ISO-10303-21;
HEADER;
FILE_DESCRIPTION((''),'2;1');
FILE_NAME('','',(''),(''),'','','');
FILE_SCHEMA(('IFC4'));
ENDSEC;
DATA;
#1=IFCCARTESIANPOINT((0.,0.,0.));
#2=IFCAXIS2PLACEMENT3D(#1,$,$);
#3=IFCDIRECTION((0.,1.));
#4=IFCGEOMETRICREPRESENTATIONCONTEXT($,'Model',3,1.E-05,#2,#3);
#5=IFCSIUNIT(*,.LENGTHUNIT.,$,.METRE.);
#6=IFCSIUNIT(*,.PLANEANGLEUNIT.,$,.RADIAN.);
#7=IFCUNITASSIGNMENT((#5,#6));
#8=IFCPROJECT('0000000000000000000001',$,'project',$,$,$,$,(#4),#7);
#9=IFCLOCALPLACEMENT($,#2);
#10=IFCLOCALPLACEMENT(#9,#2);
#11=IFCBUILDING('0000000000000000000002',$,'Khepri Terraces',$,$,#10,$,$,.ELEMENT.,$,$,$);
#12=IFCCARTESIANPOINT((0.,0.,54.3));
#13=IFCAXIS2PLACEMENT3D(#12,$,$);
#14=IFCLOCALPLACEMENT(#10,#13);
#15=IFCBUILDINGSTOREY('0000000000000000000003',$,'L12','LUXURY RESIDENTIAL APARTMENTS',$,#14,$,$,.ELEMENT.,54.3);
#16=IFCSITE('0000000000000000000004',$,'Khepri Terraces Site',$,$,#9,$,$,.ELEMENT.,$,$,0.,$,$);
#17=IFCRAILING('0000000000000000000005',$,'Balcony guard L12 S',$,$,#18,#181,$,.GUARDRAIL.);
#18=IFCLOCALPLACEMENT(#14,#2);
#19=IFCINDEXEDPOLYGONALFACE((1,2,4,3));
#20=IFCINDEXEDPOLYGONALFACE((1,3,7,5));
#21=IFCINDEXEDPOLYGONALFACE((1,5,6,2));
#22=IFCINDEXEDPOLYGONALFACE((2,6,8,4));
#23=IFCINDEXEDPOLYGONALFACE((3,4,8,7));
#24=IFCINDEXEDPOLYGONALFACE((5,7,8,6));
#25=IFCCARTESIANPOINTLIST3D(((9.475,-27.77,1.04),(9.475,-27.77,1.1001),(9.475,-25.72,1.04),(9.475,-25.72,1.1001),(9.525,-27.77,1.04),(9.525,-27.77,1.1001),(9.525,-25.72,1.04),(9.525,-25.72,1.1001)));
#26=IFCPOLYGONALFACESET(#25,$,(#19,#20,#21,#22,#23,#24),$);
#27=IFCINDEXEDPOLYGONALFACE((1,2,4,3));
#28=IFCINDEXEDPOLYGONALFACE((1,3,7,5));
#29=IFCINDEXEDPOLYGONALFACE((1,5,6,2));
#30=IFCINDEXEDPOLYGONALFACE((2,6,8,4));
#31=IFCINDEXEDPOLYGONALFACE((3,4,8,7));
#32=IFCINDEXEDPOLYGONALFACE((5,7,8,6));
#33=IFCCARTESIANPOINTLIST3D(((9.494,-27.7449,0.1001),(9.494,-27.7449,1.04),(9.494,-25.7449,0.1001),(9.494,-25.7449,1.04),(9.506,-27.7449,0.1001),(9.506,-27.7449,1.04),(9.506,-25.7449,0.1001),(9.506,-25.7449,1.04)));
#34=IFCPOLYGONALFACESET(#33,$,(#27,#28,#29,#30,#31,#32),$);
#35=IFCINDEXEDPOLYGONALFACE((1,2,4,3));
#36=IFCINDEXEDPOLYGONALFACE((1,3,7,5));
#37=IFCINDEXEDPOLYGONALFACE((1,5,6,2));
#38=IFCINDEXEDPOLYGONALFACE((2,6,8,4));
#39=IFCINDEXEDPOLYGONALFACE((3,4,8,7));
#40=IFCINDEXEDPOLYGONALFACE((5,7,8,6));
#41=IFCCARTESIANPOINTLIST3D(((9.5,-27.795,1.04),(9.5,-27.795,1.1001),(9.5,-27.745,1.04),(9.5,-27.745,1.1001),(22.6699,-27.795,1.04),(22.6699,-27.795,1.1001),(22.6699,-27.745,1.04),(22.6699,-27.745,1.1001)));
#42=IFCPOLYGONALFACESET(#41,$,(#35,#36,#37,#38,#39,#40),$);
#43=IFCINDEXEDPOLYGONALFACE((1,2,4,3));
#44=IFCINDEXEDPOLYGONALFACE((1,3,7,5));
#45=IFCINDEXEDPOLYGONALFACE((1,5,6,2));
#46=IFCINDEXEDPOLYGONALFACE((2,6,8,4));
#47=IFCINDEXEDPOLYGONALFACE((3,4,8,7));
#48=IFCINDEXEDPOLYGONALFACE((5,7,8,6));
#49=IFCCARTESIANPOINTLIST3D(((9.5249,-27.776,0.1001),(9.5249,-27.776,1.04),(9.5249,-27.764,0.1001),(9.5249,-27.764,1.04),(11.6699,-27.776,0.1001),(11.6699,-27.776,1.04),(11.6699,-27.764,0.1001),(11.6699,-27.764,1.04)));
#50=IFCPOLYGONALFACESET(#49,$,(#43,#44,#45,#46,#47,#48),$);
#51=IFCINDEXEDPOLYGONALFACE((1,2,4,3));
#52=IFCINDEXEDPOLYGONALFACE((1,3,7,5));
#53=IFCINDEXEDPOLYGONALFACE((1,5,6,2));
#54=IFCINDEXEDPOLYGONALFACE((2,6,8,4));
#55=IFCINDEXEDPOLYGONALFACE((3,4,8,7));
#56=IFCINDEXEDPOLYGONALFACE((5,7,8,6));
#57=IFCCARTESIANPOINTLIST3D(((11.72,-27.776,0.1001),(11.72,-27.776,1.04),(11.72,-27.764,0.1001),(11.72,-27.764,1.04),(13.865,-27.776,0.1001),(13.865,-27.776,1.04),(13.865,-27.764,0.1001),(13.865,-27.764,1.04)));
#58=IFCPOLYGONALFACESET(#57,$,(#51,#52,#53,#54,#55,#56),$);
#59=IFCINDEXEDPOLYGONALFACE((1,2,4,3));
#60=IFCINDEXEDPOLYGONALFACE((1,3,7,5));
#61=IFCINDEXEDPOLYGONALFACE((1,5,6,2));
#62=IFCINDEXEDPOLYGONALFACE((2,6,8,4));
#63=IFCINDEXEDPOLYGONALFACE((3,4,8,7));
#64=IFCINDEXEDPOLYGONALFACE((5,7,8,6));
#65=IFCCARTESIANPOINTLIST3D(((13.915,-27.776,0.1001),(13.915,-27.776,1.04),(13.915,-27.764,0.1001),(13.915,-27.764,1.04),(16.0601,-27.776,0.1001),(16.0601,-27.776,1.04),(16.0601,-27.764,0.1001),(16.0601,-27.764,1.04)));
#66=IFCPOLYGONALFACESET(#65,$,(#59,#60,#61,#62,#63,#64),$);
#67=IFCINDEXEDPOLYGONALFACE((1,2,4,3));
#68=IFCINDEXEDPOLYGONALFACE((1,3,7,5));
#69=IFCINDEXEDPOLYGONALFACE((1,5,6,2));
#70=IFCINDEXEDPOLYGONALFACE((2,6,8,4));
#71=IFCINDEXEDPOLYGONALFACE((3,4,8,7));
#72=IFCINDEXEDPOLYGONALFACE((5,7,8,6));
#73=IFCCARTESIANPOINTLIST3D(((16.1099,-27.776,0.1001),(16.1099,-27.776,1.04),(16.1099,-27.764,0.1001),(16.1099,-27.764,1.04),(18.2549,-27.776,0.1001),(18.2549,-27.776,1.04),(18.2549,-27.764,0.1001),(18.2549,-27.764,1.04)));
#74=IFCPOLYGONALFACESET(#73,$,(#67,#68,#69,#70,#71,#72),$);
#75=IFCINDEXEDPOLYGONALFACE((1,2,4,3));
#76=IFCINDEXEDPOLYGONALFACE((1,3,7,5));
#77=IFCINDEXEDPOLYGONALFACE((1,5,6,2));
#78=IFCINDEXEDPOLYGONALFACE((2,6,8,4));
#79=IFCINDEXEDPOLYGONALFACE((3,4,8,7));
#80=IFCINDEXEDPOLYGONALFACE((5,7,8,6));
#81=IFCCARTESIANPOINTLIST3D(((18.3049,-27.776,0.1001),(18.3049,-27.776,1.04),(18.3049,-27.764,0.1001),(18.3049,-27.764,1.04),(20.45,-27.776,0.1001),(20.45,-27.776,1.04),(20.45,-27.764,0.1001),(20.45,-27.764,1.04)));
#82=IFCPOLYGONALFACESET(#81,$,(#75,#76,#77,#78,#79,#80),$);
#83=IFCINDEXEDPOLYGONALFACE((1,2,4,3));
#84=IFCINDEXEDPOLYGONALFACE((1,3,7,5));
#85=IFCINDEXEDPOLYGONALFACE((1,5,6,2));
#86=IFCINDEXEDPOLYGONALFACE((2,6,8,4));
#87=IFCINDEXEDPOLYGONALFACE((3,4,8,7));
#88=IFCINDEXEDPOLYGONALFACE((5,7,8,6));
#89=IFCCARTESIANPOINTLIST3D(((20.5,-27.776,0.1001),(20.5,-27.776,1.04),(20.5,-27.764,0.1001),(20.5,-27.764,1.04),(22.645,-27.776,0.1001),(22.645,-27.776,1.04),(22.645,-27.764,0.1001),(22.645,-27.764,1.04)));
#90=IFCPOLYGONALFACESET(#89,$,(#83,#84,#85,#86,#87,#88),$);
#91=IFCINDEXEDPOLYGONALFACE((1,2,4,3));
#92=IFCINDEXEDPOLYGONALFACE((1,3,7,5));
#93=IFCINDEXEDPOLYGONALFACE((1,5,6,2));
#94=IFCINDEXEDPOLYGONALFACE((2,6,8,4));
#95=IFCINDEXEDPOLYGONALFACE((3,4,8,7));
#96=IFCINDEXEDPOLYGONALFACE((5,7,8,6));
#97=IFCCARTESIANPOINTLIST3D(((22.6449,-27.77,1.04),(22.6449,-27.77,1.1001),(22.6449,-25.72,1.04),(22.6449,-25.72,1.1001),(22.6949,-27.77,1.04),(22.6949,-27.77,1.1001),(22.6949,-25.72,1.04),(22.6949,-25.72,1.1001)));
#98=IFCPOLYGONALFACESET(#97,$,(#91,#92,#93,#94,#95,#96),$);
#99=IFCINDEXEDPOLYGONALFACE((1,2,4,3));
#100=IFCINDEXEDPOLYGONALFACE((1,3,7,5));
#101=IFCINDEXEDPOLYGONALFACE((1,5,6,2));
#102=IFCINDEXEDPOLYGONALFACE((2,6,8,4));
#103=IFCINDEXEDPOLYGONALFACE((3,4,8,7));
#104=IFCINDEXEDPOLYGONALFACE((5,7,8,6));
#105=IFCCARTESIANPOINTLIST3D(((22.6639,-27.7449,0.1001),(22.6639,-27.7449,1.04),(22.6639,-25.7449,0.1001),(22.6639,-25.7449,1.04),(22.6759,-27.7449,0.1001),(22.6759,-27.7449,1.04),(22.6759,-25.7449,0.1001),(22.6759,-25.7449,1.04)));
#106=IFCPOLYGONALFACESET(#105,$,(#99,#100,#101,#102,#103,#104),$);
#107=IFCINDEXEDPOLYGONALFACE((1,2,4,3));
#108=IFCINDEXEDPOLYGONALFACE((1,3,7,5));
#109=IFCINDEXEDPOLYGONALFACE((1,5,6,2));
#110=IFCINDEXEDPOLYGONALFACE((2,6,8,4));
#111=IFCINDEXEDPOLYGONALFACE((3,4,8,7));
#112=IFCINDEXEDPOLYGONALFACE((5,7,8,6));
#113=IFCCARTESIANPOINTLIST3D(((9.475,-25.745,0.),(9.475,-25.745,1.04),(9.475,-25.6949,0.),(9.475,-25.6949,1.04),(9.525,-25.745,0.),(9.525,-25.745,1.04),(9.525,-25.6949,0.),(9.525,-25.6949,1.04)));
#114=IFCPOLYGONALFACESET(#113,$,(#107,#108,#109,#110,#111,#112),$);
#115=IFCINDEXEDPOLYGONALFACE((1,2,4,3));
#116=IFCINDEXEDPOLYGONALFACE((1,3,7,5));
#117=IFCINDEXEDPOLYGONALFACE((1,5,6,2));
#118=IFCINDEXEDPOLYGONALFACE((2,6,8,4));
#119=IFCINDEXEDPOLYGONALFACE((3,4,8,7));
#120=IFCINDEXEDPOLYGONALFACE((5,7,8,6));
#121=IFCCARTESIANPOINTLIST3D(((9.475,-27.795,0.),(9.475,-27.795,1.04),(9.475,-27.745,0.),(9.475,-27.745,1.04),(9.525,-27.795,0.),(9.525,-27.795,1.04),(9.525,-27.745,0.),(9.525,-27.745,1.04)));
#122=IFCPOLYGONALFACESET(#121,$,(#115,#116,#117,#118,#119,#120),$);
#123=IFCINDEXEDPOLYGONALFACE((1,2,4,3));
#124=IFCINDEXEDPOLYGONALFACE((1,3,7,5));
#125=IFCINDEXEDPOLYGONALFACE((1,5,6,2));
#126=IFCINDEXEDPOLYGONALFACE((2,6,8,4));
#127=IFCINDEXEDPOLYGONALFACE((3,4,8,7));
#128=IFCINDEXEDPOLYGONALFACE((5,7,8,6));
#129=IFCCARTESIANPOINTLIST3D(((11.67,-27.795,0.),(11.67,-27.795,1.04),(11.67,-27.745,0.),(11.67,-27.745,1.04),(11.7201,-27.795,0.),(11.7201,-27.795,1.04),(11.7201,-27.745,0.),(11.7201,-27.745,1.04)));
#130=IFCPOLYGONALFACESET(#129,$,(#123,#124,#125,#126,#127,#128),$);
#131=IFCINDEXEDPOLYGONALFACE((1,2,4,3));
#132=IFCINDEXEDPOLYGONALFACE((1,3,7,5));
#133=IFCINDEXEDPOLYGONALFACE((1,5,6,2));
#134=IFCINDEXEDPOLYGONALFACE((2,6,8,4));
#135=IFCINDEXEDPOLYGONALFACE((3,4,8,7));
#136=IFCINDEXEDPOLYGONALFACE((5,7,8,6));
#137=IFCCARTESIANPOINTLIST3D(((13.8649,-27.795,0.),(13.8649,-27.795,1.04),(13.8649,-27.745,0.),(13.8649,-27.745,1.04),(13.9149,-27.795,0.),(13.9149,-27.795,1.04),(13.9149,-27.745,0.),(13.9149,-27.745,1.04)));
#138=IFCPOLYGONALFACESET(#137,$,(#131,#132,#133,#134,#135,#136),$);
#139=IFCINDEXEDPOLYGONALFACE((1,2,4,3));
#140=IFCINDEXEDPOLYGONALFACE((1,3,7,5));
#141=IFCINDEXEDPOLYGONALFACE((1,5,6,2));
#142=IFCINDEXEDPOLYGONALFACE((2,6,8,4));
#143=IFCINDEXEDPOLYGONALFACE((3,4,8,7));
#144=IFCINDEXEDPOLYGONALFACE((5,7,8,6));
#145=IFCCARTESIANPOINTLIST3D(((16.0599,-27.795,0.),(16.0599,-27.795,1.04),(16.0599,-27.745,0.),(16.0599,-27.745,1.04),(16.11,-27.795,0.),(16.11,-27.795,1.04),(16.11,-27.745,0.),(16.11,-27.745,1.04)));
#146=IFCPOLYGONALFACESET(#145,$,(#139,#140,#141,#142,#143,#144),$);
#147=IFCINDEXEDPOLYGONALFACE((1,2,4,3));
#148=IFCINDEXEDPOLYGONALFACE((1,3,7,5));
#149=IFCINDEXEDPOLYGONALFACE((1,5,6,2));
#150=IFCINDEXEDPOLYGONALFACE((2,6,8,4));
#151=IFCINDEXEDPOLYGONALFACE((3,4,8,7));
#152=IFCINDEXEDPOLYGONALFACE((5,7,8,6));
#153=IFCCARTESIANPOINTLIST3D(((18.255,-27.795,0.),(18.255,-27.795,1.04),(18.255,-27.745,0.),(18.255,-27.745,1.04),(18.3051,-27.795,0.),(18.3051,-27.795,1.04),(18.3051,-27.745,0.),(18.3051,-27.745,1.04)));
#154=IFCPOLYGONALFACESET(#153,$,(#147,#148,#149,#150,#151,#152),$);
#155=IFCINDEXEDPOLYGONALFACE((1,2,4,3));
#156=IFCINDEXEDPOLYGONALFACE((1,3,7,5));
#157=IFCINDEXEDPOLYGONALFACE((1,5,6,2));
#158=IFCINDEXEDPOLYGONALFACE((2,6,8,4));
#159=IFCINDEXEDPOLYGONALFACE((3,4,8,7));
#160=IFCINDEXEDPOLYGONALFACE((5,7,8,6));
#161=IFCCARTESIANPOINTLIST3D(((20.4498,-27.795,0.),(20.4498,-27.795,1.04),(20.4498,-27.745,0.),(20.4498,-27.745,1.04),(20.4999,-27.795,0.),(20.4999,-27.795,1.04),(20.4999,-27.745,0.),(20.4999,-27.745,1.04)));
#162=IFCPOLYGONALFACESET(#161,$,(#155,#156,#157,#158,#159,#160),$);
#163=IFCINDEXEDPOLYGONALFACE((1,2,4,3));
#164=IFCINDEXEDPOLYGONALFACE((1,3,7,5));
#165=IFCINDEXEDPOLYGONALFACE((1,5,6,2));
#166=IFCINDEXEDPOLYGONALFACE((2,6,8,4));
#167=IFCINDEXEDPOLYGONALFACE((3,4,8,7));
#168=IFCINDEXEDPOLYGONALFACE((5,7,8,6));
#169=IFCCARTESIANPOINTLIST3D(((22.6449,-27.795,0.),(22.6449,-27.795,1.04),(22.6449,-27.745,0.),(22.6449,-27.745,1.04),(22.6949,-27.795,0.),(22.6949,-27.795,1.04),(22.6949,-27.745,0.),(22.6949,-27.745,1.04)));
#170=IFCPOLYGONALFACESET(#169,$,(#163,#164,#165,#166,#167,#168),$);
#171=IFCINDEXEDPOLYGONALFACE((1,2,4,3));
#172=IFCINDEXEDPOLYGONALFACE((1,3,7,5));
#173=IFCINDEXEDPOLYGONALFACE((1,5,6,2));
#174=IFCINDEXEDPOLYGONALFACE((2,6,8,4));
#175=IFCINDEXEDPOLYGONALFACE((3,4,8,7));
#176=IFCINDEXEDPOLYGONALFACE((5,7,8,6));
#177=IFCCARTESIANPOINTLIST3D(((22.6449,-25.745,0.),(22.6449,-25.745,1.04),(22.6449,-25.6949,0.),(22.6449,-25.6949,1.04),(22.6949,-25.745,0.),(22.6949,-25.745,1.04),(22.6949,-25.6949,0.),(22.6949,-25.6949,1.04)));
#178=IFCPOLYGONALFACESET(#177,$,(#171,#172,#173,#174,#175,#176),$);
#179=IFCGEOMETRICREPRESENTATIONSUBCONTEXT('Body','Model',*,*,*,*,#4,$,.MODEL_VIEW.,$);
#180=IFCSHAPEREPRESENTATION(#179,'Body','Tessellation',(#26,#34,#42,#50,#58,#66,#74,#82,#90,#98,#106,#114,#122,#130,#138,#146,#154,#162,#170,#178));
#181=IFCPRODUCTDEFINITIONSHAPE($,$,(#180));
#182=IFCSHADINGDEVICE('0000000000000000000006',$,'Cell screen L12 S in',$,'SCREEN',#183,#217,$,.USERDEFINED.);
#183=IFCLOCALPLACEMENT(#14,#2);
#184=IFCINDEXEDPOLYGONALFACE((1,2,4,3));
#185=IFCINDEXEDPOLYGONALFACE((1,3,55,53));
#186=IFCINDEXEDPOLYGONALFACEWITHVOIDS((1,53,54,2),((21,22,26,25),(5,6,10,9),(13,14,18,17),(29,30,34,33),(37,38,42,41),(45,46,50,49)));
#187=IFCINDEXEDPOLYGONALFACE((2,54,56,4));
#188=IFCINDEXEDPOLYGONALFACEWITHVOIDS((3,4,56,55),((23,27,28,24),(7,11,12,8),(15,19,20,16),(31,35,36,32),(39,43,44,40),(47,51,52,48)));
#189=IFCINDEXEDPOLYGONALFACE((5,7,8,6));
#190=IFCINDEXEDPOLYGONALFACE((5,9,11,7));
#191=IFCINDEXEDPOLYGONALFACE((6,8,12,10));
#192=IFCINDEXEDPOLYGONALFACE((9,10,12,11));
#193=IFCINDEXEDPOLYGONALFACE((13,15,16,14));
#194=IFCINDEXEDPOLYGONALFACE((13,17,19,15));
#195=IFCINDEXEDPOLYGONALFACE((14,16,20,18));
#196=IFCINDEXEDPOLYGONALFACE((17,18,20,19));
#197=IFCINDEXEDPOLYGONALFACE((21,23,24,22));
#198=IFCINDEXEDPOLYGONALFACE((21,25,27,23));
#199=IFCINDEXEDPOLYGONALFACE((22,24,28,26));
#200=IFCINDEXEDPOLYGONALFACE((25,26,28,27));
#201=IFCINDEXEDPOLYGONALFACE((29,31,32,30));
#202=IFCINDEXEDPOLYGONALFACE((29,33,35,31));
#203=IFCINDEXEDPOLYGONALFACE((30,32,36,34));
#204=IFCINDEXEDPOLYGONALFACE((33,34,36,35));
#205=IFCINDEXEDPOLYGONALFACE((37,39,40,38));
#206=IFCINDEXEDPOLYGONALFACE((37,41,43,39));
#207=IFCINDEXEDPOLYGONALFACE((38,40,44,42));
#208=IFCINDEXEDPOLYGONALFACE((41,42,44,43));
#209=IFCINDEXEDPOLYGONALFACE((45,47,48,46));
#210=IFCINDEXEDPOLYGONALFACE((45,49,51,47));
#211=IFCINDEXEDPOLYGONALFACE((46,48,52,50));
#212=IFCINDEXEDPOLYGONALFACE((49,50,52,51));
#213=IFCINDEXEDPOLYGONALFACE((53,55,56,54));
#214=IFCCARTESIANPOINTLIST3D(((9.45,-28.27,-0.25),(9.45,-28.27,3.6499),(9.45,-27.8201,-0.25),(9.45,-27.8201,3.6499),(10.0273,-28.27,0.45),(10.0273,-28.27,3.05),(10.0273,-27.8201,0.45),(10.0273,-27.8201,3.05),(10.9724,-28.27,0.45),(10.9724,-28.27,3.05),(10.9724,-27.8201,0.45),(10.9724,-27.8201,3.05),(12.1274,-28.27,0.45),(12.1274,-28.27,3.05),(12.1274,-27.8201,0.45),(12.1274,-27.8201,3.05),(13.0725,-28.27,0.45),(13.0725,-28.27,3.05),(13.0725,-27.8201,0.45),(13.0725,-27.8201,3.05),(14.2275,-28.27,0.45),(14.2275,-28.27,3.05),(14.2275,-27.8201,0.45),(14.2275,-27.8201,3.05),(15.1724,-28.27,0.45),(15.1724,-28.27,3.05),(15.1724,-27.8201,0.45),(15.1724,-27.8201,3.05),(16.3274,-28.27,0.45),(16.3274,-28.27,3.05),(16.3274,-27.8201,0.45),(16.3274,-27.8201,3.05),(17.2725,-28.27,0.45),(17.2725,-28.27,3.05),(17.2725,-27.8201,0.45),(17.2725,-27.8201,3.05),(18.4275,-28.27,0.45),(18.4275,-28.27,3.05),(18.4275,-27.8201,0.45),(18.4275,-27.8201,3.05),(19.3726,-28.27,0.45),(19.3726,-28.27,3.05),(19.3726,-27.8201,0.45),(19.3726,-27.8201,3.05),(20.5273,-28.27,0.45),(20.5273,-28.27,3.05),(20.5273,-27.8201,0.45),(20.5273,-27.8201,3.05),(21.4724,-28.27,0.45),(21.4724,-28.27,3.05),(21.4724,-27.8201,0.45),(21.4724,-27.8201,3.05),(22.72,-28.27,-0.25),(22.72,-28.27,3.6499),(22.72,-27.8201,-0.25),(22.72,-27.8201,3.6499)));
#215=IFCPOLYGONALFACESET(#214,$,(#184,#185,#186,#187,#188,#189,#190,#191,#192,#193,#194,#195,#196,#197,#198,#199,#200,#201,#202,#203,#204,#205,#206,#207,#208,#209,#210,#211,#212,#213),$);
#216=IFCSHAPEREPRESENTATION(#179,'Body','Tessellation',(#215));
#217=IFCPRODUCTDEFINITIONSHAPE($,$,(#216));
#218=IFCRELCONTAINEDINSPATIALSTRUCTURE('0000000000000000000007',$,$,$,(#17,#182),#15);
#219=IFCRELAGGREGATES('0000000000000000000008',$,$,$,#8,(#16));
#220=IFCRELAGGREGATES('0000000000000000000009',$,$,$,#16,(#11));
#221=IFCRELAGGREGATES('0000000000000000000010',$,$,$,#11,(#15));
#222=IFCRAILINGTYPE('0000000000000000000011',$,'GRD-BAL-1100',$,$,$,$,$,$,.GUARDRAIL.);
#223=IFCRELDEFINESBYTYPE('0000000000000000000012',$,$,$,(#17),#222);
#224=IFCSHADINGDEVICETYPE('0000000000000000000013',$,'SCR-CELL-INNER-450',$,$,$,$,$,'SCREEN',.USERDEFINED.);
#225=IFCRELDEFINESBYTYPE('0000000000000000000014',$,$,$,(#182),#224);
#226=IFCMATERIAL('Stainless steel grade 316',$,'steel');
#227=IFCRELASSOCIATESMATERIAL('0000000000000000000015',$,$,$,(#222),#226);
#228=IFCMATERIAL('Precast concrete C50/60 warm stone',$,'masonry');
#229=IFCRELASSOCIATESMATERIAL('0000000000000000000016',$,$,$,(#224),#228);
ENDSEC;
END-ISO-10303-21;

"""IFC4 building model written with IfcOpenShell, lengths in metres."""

from ifc_helpers import new_model, si_unit, direction, frame, origin, origin_2d, place, context, subcontext, project, spatial, polyline, rectangle, outline, extrude, material, type_object, element, save


model = new_model("IFC4")

# Units and contexts
model_context = context("Model", 3, precision=1e-05, world=origin(), true_north=direction((0.0, 1.0)))
body_context = subcontext(model_context, "Body", "Model", "MODEL_VIEW")
ifc_project = project(units=[si_unit("LENGTHUNIT", "METRE"), si_unit("PLANEANGLEUNIT", "RADIAN")], contexts=[model_context])

# Site, building, storey
site_placement = place(None, origin())
site = spatial("IfcSite", under=ifc_project, at=site_placement, Name="Khepri Terraces Site", CompositionType="ELEMENT", RefElevation=0.0)
building_placement = place(site_placement, origin())
building = spatial("IfcBuilding", under=site, at=building_placement, Name="Khepri Terraces", CompositionType="ELEMENT")
storey_placement = place(building_placement, frame((0.0, 0.0, 54.3)))
storey = spatial("IfcBuildingStorey", under=building, at=storey_placement, Name="L12", Description="LUXURY RESIDENTIAL APARTMENTS", CompositionType="ELEMENT", Elevation=54.3)

# Shared definitions
ifc_material_1 = material(Name="Precast concrete C50/60 warm stone", Category="masonry")

# Railing
ifc_material_2 = material(Name="Stainless steel grade 316", Category="steel")
railing_type = type_object("IfcRailingType", Name="GRD-BAL-1100", PredefinedType="GUARDRAIL", material=ifc_material_2)
railing_placement = place(storey_placement, frame((9.5, -25.72, 0.0)))
element("IfcRailing", 1, at=railing_placement, inside=storey, type_object=railing_type, Name="Balcony guard L12 S", PredefinedType="GUARDRAIL", context=body_context, shape_type="SweptSolid", body=[
    extrude(rectangle(XDim=0.05, YDim=0.0601, at=origin_2d()), frame((0.0, 0.0, 1.0701), z_axis=(0.0, -1.0, 0.0), x_axis=(1.0, 0.0, 0.0)), (0.0, 0.0, 1.0), 2.05),
    extrude(rectangle(XDim=2.0, YDim=0.012, at=origin_2d()), frame((0.0, -1.0249, 0.1001), z_axis=(0.0, 0.0, 1.0), x_axis=(0.0, -1.0, 0.0)), (0.0, 0.0, 1.0), 0.9399),
    extrude(rectangle(XDim=0.05, YDim=0.0601, at=origin_2d()), frame((0.0, -2.05, 1.0701), z_axis=(1.0, 0.0, 0.0), x_axis=(0.0, 1.0, 0.0)), (0.0, 0.0, 1.0), 13.1699),
    extrude(rectangle(XDim=2.145, YDim=0.012, at=origin_2d()), frame((1.0974, -2.05, 0.1001), z_axis=(0.0, 0.0, 1.0), x_axis=(1.0, 0.0, 0.0)), (0.0, 0.0, 1.0), 0.9399),
    extrude(rectangle(XDim=2.145, YDim=0.012, at=origin_2d()), frame((3.2925, -2.05, 0.1001), z_axis=(0.0, 0.0, 1.0), x_axis=(1.0, 0.0, 0.0)), (0.0, 0.0, 1.0), 0.9399),
    extrude(rectangle(XDim=2.145, YDim=0.012, at=origin_2d()), frame((5.4875, -2.05, 0.1001), z_axis=(0.0, 0.0, 1.0), x_axis=(1.0, 0.0, 0.0)), (0.0, 0.0, 1.0), 0.9399),
    extrude(rectangle(XDim=2.145, YDim=0.012, at=origin_2d()), frame((7.6824, -2.05, 0.1001), z_axis=(0.0, 0.0, 1.0), x_axis=(1.0, 0.0, 0.0)), (0.0, 0.0, 1.0), 0.9399),
    extrude(rectangle(XDim=2.145, YDim=0.012, at=origin_2d()), frame((9.8774, -2.05, 0.1001), z_axis=(0.0, 0.0, 1.0), x_axis=(1.0, 0.0, 0.0)), (0.0, 0.0, 1.0), 0.9399),
    extrude(rectangle(XDim=2.145, YDim=0.012, at=origin_2d()), frame((12.0725, -2.05, 0.1001), z_axis=(0.0, 0.0, 1.0), x_axis=(1.0, 0.0, 0.0)), (0.0, 0.0, 1.0), 0.9399),
    extrude(rectangle(XDim=0.05, YDim=0.0601, at=origin_2d()), frame((13.1699, -2.05, 1.0701), z_axis=(0.0, 1.0, 0.0), x_axis=(-1.0, 0.0, 0.0)), (0.0, 0.0, 1.0), 2.05),
    extrude(rectangle(XDim=2.0, YDim=0.012, at=origin_2d()), frame((13.1699, -1.0249, 0.1001), z_axis=(0.0, 0.0, 1.0), x_axis=(0.0, 1.0, 0.0)), (0.0, 0.0, 1.0), 0.9399),
    extrude(rectangle(XDim=0.05, YDim=0.05, at=origin_2d()), origin(), (0.0, 0.0, 1.0), 1.04),
    extrude(rectangle(XDim=0.05, YDim=0.05, at=origin_2d()), frame((0.0, -2.05, 0.0)), (0.0, 0.0, 1.0), 1.04),
    extrude(rectangle(XDim=0.05, YDim=0.05, at=origin_2d()), frame((2.1951, -2.05, 0.0)), (0.0, 0.0, 1.0), 1.04),
    extrude(rectangle(XDim=0.05, YDim=0.05, at=origin_2d()), frame((4.3899, -2.05, 0.0)), (0.0, 0.0, 1.0), 1.04),
    extrude(rectangle(XDim=0.05, YDim=0.05, at=origin_2d()), frame((6.585, -2.05, 0.0)), (0.0, 0.0, 1.0), 1.04),
    extrude(rectangle(XDim=0.05, YDim=0.05, at=origin_2d()), frame((8.78, -2.05, 0.0)), (0.0, 0.0, 1.0), 1.04),
    extrude(rectangle(XDim=0.05, YDim=0.05, at=origin_2d()), frame((10.9749, -2.05, 0.0)), (0.0, 0.0, 1.0), 1.04),
    extrude(rectangle(XDim=0.05, YDim=0.05, at=origin_2d()), frame((13.1699, -2.05, 0.0)), (0.0, 0.0, 1.0), 1.04),
    extrude(rectangle(XDim=0.05, YDim=0.05, at=origin_2d()), frame((13.1699, 0.0, 0.0)), (0.0, 0.0, 1.0), 1.04),
])

# Shading device
shading_device_type_1 = type_object("IfcShadingDeviceType", Name="SCR-CELL-INNER-450", ElementType="SCREEN", PredefinedType="USERDEFINED", material=ifc_material_1)
shading_device_1_placement = place(storey_placement, frame((9.45, -27.8201, -0.25), z_axis=(0.0, -1.0, 0.0), x_axis=(1.0, 0.0, 0.0)))
element("IfcShadingDevice", 2, at=shading_device_1_placement, inside=storey, type_object=shading_device_type_1, Name="Cell screen L12 S in", ObjectType="SCREEN", PredefinedType="USERDEFINED", context=body_context, shape_type="SweptSolid", body=[
    extrude(outline(polyline([(0.0, 0.0), (13.27, 0.0), (13.27, 3.8999), (0.0, 3.8999), (0.0, 0.0)]), holes=[polyline([(0.5774, 0.7), (1.5225, 0.7), (1.5225, 3.3), (0.5774, 3.3), (0.5774, 0.7)]), polyline([(2.6775, 0.7), (3.6226, 0.7), (3.6226, 3.3), (2.6775, 3.3), (2.6775, 0.7)]), polyline([(4.7776, 0.7), (5.7224, 0.7), (5.7224, 3.3), (4.7776, 3.3), (4.7776, 0.7)]), polyline([(6.8774, 0.7), (7.8225, 0.7), (7.8225, 3.3), (6.8774, 3.3), (6.8774, 0.7)]), polyline([(8.9775, 0.7), (9.9226, 0.7), (9.9226, 3.3), (8.9775, 3.3), (8.9775, 0.7)]), polyline([(11.0774, 0.7), (12.0225, 0.7), (12.0225, 3.3), (11.0774, 3.3), (11.0774, 0.7)])]), origin(), (0.0, 0.0, 1.0), 0.45),
])

save(model, "model.ifc")
